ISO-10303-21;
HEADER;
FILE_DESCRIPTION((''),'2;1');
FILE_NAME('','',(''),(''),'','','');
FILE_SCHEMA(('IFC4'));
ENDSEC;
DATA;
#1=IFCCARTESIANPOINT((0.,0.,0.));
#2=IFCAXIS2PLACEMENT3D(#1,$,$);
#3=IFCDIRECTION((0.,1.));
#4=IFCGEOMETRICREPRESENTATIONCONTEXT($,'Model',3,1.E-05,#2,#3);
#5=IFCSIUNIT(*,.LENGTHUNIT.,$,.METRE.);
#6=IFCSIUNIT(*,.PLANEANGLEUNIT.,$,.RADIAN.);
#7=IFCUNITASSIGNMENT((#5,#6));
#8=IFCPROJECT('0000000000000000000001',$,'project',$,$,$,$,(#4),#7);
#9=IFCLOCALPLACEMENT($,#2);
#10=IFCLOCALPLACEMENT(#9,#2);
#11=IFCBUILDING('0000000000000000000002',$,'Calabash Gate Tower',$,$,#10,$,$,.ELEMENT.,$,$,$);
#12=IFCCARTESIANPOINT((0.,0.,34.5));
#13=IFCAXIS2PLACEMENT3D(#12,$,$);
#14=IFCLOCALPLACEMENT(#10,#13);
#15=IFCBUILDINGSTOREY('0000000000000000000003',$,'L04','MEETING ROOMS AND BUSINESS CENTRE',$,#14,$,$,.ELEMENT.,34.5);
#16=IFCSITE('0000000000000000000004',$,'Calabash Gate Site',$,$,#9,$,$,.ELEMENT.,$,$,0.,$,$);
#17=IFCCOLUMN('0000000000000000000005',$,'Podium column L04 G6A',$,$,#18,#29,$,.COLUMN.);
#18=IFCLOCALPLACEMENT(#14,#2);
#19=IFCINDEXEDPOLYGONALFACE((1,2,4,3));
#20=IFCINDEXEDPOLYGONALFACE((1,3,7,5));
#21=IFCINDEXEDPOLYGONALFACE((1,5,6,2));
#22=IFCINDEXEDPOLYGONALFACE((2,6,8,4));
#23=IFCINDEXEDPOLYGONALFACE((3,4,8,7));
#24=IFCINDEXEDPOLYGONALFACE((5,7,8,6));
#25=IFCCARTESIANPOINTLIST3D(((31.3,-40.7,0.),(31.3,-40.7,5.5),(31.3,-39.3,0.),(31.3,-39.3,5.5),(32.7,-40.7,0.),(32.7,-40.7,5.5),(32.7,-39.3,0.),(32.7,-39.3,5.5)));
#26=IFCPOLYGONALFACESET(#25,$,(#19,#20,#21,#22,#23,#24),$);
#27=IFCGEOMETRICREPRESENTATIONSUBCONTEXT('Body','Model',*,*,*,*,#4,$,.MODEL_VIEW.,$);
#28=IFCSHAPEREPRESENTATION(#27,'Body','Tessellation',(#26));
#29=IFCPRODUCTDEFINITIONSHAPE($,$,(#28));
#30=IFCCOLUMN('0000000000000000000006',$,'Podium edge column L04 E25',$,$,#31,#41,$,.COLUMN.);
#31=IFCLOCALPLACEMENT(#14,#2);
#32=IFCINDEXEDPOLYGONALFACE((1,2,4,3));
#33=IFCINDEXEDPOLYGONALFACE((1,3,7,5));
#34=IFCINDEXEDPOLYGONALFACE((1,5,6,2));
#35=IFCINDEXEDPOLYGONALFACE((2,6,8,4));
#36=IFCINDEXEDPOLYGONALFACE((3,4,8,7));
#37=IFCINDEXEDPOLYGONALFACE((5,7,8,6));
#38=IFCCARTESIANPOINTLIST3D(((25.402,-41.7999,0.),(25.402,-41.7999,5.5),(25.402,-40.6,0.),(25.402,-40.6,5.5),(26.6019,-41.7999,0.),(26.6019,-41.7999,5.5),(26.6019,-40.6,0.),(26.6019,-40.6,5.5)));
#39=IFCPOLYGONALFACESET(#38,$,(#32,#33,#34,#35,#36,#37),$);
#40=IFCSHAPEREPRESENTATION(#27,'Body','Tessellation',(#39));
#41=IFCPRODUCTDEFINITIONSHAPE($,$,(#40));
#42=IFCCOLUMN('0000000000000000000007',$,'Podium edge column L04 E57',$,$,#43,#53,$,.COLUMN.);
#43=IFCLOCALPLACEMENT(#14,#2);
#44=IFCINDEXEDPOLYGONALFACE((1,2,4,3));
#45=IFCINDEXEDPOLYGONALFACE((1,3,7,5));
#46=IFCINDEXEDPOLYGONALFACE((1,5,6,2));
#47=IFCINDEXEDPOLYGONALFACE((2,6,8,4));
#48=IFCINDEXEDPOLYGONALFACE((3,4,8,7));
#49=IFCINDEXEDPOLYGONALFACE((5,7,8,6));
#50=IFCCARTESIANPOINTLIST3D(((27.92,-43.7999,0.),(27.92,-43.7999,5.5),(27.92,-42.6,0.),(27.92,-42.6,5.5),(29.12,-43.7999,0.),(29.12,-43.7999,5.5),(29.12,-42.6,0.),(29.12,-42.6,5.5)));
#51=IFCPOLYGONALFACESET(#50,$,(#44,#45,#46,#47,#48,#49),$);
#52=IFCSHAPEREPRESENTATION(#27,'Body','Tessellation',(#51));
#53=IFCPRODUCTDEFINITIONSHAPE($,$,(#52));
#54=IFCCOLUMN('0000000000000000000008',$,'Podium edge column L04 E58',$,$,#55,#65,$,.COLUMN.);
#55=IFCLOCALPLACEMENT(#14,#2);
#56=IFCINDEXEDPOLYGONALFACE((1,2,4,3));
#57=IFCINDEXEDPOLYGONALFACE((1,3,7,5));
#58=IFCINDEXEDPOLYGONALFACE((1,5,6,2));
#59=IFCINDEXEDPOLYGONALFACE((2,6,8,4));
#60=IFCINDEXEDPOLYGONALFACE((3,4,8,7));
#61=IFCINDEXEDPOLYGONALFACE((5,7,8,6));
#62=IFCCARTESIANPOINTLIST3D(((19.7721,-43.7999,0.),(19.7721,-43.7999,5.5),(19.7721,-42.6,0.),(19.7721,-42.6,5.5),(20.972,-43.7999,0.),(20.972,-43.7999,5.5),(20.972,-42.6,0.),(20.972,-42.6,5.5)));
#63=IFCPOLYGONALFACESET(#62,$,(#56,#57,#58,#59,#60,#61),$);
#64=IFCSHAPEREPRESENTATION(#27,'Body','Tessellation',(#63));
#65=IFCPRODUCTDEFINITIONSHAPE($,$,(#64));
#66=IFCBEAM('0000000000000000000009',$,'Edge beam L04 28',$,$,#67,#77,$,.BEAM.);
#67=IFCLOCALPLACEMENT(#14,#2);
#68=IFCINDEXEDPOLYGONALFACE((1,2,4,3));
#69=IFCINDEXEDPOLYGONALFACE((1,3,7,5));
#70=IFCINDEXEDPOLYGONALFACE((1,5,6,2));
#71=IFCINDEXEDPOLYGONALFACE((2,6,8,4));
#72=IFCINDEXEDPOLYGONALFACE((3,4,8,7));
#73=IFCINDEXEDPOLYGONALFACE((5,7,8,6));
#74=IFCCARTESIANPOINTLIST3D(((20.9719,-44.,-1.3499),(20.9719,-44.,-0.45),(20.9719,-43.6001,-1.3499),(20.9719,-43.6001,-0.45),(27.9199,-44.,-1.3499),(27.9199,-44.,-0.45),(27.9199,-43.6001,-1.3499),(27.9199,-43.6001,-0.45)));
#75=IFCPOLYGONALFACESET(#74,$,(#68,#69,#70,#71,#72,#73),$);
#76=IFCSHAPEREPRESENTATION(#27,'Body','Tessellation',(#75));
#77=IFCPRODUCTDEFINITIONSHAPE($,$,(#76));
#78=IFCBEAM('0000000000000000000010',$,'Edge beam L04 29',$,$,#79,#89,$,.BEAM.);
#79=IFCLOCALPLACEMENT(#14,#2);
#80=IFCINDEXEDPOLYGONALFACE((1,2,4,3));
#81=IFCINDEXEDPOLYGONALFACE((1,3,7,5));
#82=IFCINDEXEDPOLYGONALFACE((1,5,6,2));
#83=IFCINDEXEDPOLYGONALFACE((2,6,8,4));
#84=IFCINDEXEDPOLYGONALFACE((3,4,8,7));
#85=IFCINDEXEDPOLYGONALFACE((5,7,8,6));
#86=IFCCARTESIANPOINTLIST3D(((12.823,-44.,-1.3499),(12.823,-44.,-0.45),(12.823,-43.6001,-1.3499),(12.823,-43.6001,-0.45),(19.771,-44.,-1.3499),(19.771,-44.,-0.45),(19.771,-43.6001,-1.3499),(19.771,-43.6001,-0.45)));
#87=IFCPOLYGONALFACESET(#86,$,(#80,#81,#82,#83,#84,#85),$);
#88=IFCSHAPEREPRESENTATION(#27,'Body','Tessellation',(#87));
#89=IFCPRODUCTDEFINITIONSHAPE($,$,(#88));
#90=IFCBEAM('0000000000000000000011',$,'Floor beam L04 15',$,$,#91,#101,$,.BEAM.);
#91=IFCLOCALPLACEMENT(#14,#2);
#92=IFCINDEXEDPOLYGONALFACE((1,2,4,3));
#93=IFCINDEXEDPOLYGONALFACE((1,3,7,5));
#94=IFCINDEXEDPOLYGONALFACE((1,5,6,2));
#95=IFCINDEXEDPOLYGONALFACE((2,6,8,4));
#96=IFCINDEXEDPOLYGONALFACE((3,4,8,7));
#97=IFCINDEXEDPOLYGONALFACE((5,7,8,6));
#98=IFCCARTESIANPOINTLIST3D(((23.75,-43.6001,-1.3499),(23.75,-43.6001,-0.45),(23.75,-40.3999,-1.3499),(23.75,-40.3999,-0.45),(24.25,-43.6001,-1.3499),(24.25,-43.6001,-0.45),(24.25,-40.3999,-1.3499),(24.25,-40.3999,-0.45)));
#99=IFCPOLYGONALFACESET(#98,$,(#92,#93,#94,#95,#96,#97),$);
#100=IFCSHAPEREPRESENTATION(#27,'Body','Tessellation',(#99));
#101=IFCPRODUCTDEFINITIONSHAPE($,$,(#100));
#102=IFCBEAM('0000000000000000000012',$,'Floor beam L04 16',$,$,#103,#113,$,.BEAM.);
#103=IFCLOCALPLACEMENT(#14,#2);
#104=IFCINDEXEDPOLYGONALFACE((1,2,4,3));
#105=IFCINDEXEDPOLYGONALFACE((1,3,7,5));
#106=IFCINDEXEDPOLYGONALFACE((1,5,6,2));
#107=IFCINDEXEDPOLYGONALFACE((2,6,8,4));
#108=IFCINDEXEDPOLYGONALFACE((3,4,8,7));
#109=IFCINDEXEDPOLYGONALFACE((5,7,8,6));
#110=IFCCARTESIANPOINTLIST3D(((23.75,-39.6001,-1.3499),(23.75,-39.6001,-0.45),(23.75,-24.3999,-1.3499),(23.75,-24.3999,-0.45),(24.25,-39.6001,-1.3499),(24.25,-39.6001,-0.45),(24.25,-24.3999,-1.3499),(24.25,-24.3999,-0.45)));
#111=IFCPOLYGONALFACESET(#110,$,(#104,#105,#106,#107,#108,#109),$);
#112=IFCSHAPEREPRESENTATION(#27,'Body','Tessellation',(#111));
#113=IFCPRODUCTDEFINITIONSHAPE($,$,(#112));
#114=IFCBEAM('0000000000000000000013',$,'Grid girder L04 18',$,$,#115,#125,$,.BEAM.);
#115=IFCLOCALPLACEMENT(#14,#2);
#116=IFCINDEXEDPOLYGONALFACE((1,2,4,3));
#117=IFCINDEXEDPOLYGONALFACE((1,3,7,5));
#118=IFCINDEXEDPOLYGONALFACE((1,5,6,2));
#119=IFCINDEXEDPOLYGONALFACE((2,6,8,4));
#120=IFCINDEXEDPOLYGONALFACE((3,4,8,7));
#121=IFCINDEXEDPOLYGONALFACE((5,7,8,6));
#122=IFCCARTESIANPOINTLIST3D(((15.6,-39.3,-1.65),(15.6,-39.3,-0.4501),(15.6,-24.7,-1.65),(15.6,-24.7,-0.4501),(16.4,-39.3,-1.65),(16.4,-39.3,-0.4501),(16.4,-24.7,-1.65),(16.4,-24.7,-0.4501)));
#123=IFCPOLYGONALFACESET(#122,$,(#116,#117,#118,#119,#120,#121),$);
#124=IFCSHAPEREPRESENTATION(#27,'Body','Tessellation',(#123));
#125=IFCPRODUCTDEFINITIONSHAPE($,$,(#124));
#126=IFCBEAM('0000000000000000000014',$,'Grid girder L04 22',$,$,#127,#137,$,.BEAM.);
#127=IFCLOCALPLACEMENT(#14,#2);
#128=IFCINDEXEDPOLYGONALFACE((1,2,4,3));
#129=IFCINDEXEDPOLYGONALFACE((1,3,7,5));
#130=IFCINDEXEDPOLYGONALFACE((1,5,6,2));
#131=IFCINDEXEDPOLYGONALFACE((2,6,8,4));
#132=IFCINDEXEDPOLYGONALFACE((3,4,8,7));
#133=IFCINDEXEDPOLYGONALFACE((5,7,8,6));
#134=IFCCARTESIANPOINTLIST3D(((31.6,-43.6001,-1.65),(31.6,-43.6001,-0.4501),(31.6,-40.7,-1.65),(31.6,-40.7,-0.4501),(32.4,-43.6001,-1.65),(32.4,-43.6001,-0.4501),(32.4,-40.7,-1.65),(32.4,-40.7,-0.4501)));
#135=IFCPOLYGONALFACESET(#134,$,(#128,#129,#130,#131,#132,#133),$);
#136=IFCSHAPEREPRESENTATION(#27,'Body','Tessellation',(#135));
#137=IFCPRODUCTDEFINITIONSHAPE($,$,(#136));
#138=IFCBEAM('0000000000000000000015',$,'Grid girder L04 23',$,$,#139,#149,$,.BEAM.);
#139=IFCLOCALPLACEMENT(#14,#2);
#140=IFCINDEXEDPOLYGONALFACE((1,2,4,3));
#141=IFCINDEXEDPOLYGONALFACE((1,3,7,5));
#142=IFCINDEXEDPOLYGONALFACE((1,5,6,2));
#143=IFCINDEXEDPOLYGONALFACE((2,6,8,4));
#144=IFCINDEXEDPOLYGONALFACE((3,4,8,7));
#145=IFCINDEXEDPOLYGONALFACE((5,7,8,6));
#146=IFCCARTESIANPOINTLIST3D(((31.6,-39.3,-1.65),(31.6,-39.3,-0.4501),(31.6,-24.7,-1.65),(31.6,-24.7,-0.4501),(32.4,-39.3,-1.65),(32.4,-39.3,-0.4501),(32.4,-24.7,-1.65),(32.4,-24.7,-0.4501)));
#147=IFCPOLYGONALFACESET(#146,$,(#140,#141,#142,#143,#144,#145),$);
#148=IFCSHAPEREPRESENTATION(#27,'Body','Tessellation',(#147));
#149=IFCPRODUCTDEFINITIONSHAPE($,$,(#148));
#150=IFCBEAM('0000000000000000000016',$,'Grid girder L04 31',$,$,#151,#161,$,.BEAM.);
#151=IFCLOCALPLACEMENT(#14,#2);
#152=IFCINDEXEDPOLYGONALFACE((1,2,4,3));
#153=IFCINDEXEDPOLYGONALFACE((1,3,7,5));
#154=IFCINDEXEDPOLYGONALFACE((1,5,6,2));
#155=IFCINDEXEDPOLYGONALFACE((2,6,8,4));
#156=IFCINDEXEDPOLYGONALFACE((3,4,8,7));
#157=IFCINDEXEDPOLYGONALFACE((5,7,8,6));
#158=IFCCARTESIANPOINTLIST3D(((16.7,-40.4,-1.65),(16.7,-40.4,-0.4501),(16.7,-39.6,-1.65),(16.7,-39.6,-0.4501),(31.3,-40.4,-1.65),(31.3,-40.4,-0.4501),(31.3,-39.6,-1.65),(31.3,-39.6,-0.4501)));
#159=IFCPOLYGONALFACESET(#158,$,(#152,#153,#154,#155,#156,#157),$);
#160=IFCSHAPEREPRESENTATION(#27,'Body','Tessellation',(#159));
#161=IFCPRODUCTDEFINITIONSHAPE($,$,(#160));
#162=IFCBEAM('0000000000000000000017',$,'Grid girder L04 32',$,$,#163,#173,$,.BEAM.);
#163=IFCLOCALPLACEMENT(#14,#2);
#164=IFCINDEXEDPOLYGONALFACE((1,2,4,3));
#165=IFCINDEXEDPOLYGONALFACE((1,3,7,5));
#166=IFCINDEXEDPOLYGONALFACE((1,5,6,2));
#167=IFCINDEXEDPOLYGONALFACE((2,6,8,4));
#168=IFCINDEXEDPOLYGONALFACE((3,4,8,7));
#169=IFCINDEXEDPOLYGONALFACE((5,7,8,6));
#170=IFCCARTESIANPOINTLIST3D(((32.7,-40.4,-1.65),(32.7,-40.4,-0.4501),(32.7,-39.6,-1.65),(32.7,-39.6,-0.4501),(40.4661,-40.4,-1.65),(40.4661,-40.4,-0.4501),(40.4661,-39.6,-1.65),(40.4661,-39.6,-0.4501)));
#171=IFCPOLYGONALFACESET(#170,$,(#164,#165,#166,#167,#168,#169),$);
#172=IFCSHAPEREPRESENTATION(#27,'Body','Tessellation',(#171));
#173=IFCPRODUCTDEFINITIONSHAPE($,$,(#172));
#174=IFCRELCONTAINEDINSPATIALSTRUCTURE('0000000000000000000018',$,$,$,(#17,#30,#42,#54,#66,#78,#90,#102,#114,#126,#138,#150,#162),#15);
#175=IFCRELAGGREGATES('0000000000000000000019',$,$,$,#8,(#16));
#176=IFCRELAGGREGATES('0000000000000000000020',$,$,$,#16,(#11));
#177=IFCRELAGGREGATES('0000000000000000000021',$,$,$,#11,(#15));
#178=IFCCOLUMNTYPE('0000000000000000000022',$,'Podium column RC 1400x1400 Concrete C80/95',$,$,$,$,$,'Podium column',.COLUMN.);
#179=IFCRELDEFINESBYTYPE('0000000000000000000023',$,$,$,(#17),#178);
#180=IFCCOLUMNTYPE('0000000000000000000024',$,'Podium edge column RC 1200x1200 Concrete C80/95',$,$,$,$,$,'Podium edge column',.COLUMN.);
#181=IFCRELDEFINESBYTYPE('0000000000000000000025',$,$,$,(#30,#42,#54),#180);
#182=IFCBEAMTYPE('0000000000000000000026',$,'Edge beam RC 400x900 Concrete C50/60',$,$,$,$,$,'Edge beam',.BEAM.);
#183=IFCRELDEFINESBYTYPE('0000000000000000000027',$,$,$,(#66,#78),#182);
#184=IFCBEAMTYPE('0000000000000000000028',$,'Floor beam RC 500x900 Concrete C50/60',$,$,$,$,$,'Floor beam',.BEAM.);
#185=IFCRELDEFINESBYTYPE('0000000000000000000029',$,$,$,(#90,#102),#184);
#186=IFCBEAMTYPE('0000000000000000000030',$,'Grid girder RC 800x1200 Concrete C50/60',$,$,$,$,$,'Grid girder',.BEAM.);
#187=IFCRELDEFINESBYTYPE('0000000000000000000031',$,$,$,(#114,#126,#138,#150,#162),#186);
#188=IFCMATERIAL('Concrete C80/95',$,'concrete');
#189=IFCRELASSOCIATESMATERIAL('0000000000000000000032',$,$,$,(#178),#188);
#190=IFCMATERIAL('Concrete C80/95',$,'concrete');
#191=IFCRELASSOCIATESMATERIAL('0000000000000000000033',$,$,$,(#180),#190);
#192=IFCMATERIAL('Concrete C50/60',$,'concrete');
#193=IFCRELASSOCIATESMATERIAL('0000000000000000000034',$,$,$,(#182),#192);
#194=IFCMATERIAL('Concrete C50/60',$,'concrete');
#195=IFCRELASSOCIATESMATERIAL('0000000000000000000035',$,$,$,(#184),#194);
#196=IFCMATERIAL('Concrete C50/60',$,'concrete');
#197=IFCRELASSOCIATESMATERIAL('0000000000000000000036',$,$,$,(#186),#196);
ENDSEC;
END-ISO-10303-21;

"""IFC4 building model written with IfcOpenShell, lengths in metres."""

from ifc_helpers import new_model, si_unit, direction, frame, origin, origin_2d, place, context, subcontext, project, spatial, rectangle, extrude, material, material_profile, profile_set, type_object, element, save


model = new_model("IFC4")

# Units and contexts
model_context = context("Model", 3, precision=1e-05, world=origin(), true_north=direction((0.0, 1.0)))
body_context = subcontext(model_context, "Body", "Model", "MODEL_VIEW")
ifc_project = project(units=[si_unit("LENGTHUNIT", "METRE"), si_unit("PLANEANGLEUNIT", "RADIAN")], contexts=[model_context])

# Site, building, storey
site_placement = place(None, origin())
site = spatial("IfcSite", under=ifc_project, at=site_placement, Name="Calabash Gate Site", CompositionType="ELEMENT", RefElevation=0.0)
building_placement = place(site_placement, origin())
building = spatial("IfcBuilding", under=site, at=building_placement, Name="Calabash Gate Tower", CompositionType="ELEMENT")
storey_placement = place(building_placement, frame((0.0, 0.0, 34.5)))
storey = spatial("IfcBuildingStorey", under=building, at=storey_placement, Name="L04", Description="MEETING ROOMS AND BUSINESS CENTRE", CompositionType="ELEMENT", Elevation=34.5)

# Columns
ifc_material_1 = material(Name="Concrete C80/95", Category="concrete")
ifc_material_profile_1 = material_profile(ifc_material_1, rectangle(XDim=1.3999, YDim=1.3999, at=origin_2d()))
ifc_profile_set_1 = profile_set([ifc_material_profile_1], Name="Concrete C80/95")
column_type_1 = type_object("IfcColumnType", Name="Podium column RC 1400x1400 Concrete C80/95", ElementType="Podium column", PredefinedType="COLUMN", material=ifc_profile_set_1)
column_placement = place(storey_placement, frame((32.0, -40.0, 0.0), z_axis=(0.0, 0.0, 1.0), x_axis=(1.0, 0.0, 0.0)))
element("IfcColumn", 1, at=column_placement, inside=storey, type_object=column_type_1, Name="Podium column L04 G6A", PredefinedType="COLUMN", context=body_context, shape_type="SweptSolid", body=[
    extrude(rectangle(XDim=1.3999, YDim=1.3999, at=origin_2d()), origin(), (0.0, 0.0, 1.0), 5.5),
])
ifc_material_2 = material(Name="Concrete C80/95", Category="concrete")
ifc_material_profile_2 = material_profile(ifc_material_2, rectangle(XDim=1.2, YDim=1.2, at=origin_2d()))
ifc_profile_set_2 = profile_set([ifc_material_profile_2], Name="Concrete C80/95")
column_type_2 = type_object("IfcColumnType", Name="Podium edge column RC 1200x1200 Concrete C80/95", ElementType="Podium edge column", PredefinedType="COLUMN", material=ifc_profile_set_2)
for number, where, z_axis, x_axis, name in (
    (2, (26.002, -41.2, 0.0), (0.0, 0.0, 1.0), (1.0, 0.0, 0.0), "Podium edge column L04 E25"),
    (3, (28.52, -43.2, 0.0), (0.0, 0.0, 1.0), (1.0, 0.0, 0.0), "Podium edge column L04 E57"),
    (4, (20.3721, -43.2, 0.0), (0.0, 0.0, 1.0), (1.0, 0.0, 0.0), "Podium edge column L04 E58"),
):
    element("IfcColumn", number, at=place(storey_placement, frame(where, z_axis=z_axis, x_axis=x_axis)), inside=storey, type_object=column_type_2, Name=name, PredefinedType="COLUMN", context=body_context, shape_type="SweptSolid", body=[
        extrude(rectangle(XDim=1.2, YDim=1.2, at=origin_2d()), origin(), (0.0, 0.0, 1.0), 5.5),
    ])

# Beams
ifc_material_3 = material(Name="Concrete C50/60", Category="concrete")
ifc_material_profile_3 = material_profile(ifc_material_3, rectangle(XDim=0.3999, YDim=0.8999, at=origin_2d()))
ifc_profile_set_3 = profile_set([ifc_material_profile_3], Name="Concrete C50/60")
beam_type_1 = type_object("IfcBeamType", Name="Edge beam RC 400x900 Concrete C50/60", ElementType="Edge beam", PredefinedType="BEAM", material=ifc_profile_set_3)
for number, where, z_axis, x_axis, name in (
    (5, (27.9199, -43.8, -0.8999), (-1.0, 0.0, 0.0), (0.0, -1.0, 0.0), "Edge beam L04 28"),
    (6, (19.771, -43.8, -0.8999), (-1.0, 0.0, 0.0), (0.0, -1.0, 0.0), "Edge beam L04 29"),
):
    element("IfcBeam", number, at=place(storey_placement, frame(where, z_axis=z_axis, x_axis=x_axis)), inside=storey, type_object=beam_type_1, Name=name, PredefinedType="BEAM", context=body_context, shape_type="SweptSolid", body=[
        extrude(rectangle(XDim=0.3999, YDim=0.8999, at=origin_2d()), origin(), (0.0, 0.0, 1.0), 6.948),
    ])
ifc_material_4 = material(Name="Concrete C50/60", Category="concrete")
ifc_material_profile_4 = material_profile(ifc_material_4, rectangle(XDim=0.5, YDim=0.8999, at=origin_2d()))
ifc_profile_set_4 = profile_set([ifc_material_profile_4], Name="Concrete C50/60")
beam_type_2 = type_object("IfcBeamType", Name="Floor beam RC 500x900 Concrete C50/60", ElementType="Floor beam", PredefinedType="BEAM", material=ifc_profile_set_4)
beam_1_placement = place(storey_placement, frame((24.0, -43.6001, -0.8999), z_axis=(0.0, 1.0, 0.0), x_axis=(-1.0, 0.0, 0.0)))
element("IfcBeam", 7, at=beam_1_placement, inside=storey, type_object=beam_type_2, Name="Floor beam L04 15", PredefinedType="BEAM", context=body_context, shape_type="SweptSolid", body=[
    extrude(rectangle(XDim=0.5, YDim=0.8999, at=origin_2d()), origin(), (0.0, 0.0, 1.0), 3.2002),
])
beam_2_placement = place(storey_placement, frame((24.0, -39.6001, -0.8999), z_axis=(0.0, 1.0, 0.0), x_axis=(-1.0, 0.0, 0.0)))
element("IfcBeam", 8, at=beam_2_placement, inside=storey, type_object=beam_type_2, Name="Floor beam L04 16", PredefinedType="BEAM", context=body_context, shape_type="SweptSolid", body=[
    extrude(rectangle(XDim=0.5, YDim=0.8999, at=origin_2d()), origin(), (0.0, 0.0, 1.0), 15.2002),
])
ifc_material_5 = material(Name="Concrete C50/60", Category="concrete")
ifc_material_profile_5 = material_profile(ifc_material_5, rectangle(XDim=0.8, YDim=1.2, at=origin_2d()))
ifc_profile_set_5 = profile_set([ifc_material_profile_5], Name="Concrete C50/60")
beam_type_3 = type_object("IfcBeamType", Name="Grid girder RC 800x1200 Concrete C50/60", ElementType="Grid girder", PredefinedType="BEAM", material=ifc_profile_set_5)
beam_3_placement = place(storey_placement, frame((16.0, -39.3, -1.05), z_axis=(0.0, 1.0, 0.0), x_axis=(-1.0, 0.0, 0.0)))
element("IfcBeam", 9, at=beam_3_placement, inside=storey, type_object=beam_type_3, Name="Grid girder L04 18", PredefinedType="BEAM", context=body_context, shape_type="SweptSolid", body=[
    extrude(rectangle(XDim=0.8, YDim=1.2, at=origin_2d()), origin(), (0.0, 0.0, 1.0), 14.6001),
])
beam_4_placement = place(storey_placement, frame((32.0, -43.6001, -1.05), z_axis=(0.0, 1.0, 0.0), x_axis=(-1.0, 0.0, 0.0)))
element("IfcBeam", 10, at=beam_4_placement, inside=storey, type_object=beam_type_3, Name="Grid girder L04 22", PredefinedType="BEAM", context=body_context, shape_type="SweptSolid", body=[
    extrude(rectangle(XDim=0.8, YDim=1.2, at=origin_2d()), origin(), (0.0, 0.0, 1.0), 2.9001),
])
for number, where, z_axis, x_axis, name in (
    (11, (32.0, -39.3, -1.05), (0.0, 1.0, 0.0), (-1.0, 0.0, 0.0), "Grid girder L04 23"),
    (12, (16.7, -40.0, -1.05), (1.0, 0.0, 0.0), (0.0, 1.0, 0.0), "Grid girder L04 31"),
):
    element("IfcBeam", number, at=place(storey_placement, frame(where, z_axis=z_axis, x_axis=x_axis)), inside=storey, type_object=beam_type_3, Name=name, PredefinedType="BEAM", context=body_context, shape_type="SweptSolid", body=[
        extrude(rectangle(XDim=0.8, YDim=1.2, at=origin_2d()), origin(), (0.0, 0.0, 1.0), 14.6001),
    ])
beam_5_placement = place(storey_placement, frame((32.7, -40.0, -1.05), z_axis=(1.0, 0.0, 0.0), x_axis=(0.0, 1.0, 0.0)))
element("IfcBeam", 13, at=beam_5_placement, inside=storey, type_object=beam_type_3, Name="Grid girder L04 32", PredefinedType="BEAM", context=body_context, shape_type="SweptSolid", body=[
    extrude(rectangle(XDim=0.8, YDim=1.2, at=origin_2d()), origin(), (0.0, 0.0, 1.0), 7.7661),
])

save(model, "model.ifc")
